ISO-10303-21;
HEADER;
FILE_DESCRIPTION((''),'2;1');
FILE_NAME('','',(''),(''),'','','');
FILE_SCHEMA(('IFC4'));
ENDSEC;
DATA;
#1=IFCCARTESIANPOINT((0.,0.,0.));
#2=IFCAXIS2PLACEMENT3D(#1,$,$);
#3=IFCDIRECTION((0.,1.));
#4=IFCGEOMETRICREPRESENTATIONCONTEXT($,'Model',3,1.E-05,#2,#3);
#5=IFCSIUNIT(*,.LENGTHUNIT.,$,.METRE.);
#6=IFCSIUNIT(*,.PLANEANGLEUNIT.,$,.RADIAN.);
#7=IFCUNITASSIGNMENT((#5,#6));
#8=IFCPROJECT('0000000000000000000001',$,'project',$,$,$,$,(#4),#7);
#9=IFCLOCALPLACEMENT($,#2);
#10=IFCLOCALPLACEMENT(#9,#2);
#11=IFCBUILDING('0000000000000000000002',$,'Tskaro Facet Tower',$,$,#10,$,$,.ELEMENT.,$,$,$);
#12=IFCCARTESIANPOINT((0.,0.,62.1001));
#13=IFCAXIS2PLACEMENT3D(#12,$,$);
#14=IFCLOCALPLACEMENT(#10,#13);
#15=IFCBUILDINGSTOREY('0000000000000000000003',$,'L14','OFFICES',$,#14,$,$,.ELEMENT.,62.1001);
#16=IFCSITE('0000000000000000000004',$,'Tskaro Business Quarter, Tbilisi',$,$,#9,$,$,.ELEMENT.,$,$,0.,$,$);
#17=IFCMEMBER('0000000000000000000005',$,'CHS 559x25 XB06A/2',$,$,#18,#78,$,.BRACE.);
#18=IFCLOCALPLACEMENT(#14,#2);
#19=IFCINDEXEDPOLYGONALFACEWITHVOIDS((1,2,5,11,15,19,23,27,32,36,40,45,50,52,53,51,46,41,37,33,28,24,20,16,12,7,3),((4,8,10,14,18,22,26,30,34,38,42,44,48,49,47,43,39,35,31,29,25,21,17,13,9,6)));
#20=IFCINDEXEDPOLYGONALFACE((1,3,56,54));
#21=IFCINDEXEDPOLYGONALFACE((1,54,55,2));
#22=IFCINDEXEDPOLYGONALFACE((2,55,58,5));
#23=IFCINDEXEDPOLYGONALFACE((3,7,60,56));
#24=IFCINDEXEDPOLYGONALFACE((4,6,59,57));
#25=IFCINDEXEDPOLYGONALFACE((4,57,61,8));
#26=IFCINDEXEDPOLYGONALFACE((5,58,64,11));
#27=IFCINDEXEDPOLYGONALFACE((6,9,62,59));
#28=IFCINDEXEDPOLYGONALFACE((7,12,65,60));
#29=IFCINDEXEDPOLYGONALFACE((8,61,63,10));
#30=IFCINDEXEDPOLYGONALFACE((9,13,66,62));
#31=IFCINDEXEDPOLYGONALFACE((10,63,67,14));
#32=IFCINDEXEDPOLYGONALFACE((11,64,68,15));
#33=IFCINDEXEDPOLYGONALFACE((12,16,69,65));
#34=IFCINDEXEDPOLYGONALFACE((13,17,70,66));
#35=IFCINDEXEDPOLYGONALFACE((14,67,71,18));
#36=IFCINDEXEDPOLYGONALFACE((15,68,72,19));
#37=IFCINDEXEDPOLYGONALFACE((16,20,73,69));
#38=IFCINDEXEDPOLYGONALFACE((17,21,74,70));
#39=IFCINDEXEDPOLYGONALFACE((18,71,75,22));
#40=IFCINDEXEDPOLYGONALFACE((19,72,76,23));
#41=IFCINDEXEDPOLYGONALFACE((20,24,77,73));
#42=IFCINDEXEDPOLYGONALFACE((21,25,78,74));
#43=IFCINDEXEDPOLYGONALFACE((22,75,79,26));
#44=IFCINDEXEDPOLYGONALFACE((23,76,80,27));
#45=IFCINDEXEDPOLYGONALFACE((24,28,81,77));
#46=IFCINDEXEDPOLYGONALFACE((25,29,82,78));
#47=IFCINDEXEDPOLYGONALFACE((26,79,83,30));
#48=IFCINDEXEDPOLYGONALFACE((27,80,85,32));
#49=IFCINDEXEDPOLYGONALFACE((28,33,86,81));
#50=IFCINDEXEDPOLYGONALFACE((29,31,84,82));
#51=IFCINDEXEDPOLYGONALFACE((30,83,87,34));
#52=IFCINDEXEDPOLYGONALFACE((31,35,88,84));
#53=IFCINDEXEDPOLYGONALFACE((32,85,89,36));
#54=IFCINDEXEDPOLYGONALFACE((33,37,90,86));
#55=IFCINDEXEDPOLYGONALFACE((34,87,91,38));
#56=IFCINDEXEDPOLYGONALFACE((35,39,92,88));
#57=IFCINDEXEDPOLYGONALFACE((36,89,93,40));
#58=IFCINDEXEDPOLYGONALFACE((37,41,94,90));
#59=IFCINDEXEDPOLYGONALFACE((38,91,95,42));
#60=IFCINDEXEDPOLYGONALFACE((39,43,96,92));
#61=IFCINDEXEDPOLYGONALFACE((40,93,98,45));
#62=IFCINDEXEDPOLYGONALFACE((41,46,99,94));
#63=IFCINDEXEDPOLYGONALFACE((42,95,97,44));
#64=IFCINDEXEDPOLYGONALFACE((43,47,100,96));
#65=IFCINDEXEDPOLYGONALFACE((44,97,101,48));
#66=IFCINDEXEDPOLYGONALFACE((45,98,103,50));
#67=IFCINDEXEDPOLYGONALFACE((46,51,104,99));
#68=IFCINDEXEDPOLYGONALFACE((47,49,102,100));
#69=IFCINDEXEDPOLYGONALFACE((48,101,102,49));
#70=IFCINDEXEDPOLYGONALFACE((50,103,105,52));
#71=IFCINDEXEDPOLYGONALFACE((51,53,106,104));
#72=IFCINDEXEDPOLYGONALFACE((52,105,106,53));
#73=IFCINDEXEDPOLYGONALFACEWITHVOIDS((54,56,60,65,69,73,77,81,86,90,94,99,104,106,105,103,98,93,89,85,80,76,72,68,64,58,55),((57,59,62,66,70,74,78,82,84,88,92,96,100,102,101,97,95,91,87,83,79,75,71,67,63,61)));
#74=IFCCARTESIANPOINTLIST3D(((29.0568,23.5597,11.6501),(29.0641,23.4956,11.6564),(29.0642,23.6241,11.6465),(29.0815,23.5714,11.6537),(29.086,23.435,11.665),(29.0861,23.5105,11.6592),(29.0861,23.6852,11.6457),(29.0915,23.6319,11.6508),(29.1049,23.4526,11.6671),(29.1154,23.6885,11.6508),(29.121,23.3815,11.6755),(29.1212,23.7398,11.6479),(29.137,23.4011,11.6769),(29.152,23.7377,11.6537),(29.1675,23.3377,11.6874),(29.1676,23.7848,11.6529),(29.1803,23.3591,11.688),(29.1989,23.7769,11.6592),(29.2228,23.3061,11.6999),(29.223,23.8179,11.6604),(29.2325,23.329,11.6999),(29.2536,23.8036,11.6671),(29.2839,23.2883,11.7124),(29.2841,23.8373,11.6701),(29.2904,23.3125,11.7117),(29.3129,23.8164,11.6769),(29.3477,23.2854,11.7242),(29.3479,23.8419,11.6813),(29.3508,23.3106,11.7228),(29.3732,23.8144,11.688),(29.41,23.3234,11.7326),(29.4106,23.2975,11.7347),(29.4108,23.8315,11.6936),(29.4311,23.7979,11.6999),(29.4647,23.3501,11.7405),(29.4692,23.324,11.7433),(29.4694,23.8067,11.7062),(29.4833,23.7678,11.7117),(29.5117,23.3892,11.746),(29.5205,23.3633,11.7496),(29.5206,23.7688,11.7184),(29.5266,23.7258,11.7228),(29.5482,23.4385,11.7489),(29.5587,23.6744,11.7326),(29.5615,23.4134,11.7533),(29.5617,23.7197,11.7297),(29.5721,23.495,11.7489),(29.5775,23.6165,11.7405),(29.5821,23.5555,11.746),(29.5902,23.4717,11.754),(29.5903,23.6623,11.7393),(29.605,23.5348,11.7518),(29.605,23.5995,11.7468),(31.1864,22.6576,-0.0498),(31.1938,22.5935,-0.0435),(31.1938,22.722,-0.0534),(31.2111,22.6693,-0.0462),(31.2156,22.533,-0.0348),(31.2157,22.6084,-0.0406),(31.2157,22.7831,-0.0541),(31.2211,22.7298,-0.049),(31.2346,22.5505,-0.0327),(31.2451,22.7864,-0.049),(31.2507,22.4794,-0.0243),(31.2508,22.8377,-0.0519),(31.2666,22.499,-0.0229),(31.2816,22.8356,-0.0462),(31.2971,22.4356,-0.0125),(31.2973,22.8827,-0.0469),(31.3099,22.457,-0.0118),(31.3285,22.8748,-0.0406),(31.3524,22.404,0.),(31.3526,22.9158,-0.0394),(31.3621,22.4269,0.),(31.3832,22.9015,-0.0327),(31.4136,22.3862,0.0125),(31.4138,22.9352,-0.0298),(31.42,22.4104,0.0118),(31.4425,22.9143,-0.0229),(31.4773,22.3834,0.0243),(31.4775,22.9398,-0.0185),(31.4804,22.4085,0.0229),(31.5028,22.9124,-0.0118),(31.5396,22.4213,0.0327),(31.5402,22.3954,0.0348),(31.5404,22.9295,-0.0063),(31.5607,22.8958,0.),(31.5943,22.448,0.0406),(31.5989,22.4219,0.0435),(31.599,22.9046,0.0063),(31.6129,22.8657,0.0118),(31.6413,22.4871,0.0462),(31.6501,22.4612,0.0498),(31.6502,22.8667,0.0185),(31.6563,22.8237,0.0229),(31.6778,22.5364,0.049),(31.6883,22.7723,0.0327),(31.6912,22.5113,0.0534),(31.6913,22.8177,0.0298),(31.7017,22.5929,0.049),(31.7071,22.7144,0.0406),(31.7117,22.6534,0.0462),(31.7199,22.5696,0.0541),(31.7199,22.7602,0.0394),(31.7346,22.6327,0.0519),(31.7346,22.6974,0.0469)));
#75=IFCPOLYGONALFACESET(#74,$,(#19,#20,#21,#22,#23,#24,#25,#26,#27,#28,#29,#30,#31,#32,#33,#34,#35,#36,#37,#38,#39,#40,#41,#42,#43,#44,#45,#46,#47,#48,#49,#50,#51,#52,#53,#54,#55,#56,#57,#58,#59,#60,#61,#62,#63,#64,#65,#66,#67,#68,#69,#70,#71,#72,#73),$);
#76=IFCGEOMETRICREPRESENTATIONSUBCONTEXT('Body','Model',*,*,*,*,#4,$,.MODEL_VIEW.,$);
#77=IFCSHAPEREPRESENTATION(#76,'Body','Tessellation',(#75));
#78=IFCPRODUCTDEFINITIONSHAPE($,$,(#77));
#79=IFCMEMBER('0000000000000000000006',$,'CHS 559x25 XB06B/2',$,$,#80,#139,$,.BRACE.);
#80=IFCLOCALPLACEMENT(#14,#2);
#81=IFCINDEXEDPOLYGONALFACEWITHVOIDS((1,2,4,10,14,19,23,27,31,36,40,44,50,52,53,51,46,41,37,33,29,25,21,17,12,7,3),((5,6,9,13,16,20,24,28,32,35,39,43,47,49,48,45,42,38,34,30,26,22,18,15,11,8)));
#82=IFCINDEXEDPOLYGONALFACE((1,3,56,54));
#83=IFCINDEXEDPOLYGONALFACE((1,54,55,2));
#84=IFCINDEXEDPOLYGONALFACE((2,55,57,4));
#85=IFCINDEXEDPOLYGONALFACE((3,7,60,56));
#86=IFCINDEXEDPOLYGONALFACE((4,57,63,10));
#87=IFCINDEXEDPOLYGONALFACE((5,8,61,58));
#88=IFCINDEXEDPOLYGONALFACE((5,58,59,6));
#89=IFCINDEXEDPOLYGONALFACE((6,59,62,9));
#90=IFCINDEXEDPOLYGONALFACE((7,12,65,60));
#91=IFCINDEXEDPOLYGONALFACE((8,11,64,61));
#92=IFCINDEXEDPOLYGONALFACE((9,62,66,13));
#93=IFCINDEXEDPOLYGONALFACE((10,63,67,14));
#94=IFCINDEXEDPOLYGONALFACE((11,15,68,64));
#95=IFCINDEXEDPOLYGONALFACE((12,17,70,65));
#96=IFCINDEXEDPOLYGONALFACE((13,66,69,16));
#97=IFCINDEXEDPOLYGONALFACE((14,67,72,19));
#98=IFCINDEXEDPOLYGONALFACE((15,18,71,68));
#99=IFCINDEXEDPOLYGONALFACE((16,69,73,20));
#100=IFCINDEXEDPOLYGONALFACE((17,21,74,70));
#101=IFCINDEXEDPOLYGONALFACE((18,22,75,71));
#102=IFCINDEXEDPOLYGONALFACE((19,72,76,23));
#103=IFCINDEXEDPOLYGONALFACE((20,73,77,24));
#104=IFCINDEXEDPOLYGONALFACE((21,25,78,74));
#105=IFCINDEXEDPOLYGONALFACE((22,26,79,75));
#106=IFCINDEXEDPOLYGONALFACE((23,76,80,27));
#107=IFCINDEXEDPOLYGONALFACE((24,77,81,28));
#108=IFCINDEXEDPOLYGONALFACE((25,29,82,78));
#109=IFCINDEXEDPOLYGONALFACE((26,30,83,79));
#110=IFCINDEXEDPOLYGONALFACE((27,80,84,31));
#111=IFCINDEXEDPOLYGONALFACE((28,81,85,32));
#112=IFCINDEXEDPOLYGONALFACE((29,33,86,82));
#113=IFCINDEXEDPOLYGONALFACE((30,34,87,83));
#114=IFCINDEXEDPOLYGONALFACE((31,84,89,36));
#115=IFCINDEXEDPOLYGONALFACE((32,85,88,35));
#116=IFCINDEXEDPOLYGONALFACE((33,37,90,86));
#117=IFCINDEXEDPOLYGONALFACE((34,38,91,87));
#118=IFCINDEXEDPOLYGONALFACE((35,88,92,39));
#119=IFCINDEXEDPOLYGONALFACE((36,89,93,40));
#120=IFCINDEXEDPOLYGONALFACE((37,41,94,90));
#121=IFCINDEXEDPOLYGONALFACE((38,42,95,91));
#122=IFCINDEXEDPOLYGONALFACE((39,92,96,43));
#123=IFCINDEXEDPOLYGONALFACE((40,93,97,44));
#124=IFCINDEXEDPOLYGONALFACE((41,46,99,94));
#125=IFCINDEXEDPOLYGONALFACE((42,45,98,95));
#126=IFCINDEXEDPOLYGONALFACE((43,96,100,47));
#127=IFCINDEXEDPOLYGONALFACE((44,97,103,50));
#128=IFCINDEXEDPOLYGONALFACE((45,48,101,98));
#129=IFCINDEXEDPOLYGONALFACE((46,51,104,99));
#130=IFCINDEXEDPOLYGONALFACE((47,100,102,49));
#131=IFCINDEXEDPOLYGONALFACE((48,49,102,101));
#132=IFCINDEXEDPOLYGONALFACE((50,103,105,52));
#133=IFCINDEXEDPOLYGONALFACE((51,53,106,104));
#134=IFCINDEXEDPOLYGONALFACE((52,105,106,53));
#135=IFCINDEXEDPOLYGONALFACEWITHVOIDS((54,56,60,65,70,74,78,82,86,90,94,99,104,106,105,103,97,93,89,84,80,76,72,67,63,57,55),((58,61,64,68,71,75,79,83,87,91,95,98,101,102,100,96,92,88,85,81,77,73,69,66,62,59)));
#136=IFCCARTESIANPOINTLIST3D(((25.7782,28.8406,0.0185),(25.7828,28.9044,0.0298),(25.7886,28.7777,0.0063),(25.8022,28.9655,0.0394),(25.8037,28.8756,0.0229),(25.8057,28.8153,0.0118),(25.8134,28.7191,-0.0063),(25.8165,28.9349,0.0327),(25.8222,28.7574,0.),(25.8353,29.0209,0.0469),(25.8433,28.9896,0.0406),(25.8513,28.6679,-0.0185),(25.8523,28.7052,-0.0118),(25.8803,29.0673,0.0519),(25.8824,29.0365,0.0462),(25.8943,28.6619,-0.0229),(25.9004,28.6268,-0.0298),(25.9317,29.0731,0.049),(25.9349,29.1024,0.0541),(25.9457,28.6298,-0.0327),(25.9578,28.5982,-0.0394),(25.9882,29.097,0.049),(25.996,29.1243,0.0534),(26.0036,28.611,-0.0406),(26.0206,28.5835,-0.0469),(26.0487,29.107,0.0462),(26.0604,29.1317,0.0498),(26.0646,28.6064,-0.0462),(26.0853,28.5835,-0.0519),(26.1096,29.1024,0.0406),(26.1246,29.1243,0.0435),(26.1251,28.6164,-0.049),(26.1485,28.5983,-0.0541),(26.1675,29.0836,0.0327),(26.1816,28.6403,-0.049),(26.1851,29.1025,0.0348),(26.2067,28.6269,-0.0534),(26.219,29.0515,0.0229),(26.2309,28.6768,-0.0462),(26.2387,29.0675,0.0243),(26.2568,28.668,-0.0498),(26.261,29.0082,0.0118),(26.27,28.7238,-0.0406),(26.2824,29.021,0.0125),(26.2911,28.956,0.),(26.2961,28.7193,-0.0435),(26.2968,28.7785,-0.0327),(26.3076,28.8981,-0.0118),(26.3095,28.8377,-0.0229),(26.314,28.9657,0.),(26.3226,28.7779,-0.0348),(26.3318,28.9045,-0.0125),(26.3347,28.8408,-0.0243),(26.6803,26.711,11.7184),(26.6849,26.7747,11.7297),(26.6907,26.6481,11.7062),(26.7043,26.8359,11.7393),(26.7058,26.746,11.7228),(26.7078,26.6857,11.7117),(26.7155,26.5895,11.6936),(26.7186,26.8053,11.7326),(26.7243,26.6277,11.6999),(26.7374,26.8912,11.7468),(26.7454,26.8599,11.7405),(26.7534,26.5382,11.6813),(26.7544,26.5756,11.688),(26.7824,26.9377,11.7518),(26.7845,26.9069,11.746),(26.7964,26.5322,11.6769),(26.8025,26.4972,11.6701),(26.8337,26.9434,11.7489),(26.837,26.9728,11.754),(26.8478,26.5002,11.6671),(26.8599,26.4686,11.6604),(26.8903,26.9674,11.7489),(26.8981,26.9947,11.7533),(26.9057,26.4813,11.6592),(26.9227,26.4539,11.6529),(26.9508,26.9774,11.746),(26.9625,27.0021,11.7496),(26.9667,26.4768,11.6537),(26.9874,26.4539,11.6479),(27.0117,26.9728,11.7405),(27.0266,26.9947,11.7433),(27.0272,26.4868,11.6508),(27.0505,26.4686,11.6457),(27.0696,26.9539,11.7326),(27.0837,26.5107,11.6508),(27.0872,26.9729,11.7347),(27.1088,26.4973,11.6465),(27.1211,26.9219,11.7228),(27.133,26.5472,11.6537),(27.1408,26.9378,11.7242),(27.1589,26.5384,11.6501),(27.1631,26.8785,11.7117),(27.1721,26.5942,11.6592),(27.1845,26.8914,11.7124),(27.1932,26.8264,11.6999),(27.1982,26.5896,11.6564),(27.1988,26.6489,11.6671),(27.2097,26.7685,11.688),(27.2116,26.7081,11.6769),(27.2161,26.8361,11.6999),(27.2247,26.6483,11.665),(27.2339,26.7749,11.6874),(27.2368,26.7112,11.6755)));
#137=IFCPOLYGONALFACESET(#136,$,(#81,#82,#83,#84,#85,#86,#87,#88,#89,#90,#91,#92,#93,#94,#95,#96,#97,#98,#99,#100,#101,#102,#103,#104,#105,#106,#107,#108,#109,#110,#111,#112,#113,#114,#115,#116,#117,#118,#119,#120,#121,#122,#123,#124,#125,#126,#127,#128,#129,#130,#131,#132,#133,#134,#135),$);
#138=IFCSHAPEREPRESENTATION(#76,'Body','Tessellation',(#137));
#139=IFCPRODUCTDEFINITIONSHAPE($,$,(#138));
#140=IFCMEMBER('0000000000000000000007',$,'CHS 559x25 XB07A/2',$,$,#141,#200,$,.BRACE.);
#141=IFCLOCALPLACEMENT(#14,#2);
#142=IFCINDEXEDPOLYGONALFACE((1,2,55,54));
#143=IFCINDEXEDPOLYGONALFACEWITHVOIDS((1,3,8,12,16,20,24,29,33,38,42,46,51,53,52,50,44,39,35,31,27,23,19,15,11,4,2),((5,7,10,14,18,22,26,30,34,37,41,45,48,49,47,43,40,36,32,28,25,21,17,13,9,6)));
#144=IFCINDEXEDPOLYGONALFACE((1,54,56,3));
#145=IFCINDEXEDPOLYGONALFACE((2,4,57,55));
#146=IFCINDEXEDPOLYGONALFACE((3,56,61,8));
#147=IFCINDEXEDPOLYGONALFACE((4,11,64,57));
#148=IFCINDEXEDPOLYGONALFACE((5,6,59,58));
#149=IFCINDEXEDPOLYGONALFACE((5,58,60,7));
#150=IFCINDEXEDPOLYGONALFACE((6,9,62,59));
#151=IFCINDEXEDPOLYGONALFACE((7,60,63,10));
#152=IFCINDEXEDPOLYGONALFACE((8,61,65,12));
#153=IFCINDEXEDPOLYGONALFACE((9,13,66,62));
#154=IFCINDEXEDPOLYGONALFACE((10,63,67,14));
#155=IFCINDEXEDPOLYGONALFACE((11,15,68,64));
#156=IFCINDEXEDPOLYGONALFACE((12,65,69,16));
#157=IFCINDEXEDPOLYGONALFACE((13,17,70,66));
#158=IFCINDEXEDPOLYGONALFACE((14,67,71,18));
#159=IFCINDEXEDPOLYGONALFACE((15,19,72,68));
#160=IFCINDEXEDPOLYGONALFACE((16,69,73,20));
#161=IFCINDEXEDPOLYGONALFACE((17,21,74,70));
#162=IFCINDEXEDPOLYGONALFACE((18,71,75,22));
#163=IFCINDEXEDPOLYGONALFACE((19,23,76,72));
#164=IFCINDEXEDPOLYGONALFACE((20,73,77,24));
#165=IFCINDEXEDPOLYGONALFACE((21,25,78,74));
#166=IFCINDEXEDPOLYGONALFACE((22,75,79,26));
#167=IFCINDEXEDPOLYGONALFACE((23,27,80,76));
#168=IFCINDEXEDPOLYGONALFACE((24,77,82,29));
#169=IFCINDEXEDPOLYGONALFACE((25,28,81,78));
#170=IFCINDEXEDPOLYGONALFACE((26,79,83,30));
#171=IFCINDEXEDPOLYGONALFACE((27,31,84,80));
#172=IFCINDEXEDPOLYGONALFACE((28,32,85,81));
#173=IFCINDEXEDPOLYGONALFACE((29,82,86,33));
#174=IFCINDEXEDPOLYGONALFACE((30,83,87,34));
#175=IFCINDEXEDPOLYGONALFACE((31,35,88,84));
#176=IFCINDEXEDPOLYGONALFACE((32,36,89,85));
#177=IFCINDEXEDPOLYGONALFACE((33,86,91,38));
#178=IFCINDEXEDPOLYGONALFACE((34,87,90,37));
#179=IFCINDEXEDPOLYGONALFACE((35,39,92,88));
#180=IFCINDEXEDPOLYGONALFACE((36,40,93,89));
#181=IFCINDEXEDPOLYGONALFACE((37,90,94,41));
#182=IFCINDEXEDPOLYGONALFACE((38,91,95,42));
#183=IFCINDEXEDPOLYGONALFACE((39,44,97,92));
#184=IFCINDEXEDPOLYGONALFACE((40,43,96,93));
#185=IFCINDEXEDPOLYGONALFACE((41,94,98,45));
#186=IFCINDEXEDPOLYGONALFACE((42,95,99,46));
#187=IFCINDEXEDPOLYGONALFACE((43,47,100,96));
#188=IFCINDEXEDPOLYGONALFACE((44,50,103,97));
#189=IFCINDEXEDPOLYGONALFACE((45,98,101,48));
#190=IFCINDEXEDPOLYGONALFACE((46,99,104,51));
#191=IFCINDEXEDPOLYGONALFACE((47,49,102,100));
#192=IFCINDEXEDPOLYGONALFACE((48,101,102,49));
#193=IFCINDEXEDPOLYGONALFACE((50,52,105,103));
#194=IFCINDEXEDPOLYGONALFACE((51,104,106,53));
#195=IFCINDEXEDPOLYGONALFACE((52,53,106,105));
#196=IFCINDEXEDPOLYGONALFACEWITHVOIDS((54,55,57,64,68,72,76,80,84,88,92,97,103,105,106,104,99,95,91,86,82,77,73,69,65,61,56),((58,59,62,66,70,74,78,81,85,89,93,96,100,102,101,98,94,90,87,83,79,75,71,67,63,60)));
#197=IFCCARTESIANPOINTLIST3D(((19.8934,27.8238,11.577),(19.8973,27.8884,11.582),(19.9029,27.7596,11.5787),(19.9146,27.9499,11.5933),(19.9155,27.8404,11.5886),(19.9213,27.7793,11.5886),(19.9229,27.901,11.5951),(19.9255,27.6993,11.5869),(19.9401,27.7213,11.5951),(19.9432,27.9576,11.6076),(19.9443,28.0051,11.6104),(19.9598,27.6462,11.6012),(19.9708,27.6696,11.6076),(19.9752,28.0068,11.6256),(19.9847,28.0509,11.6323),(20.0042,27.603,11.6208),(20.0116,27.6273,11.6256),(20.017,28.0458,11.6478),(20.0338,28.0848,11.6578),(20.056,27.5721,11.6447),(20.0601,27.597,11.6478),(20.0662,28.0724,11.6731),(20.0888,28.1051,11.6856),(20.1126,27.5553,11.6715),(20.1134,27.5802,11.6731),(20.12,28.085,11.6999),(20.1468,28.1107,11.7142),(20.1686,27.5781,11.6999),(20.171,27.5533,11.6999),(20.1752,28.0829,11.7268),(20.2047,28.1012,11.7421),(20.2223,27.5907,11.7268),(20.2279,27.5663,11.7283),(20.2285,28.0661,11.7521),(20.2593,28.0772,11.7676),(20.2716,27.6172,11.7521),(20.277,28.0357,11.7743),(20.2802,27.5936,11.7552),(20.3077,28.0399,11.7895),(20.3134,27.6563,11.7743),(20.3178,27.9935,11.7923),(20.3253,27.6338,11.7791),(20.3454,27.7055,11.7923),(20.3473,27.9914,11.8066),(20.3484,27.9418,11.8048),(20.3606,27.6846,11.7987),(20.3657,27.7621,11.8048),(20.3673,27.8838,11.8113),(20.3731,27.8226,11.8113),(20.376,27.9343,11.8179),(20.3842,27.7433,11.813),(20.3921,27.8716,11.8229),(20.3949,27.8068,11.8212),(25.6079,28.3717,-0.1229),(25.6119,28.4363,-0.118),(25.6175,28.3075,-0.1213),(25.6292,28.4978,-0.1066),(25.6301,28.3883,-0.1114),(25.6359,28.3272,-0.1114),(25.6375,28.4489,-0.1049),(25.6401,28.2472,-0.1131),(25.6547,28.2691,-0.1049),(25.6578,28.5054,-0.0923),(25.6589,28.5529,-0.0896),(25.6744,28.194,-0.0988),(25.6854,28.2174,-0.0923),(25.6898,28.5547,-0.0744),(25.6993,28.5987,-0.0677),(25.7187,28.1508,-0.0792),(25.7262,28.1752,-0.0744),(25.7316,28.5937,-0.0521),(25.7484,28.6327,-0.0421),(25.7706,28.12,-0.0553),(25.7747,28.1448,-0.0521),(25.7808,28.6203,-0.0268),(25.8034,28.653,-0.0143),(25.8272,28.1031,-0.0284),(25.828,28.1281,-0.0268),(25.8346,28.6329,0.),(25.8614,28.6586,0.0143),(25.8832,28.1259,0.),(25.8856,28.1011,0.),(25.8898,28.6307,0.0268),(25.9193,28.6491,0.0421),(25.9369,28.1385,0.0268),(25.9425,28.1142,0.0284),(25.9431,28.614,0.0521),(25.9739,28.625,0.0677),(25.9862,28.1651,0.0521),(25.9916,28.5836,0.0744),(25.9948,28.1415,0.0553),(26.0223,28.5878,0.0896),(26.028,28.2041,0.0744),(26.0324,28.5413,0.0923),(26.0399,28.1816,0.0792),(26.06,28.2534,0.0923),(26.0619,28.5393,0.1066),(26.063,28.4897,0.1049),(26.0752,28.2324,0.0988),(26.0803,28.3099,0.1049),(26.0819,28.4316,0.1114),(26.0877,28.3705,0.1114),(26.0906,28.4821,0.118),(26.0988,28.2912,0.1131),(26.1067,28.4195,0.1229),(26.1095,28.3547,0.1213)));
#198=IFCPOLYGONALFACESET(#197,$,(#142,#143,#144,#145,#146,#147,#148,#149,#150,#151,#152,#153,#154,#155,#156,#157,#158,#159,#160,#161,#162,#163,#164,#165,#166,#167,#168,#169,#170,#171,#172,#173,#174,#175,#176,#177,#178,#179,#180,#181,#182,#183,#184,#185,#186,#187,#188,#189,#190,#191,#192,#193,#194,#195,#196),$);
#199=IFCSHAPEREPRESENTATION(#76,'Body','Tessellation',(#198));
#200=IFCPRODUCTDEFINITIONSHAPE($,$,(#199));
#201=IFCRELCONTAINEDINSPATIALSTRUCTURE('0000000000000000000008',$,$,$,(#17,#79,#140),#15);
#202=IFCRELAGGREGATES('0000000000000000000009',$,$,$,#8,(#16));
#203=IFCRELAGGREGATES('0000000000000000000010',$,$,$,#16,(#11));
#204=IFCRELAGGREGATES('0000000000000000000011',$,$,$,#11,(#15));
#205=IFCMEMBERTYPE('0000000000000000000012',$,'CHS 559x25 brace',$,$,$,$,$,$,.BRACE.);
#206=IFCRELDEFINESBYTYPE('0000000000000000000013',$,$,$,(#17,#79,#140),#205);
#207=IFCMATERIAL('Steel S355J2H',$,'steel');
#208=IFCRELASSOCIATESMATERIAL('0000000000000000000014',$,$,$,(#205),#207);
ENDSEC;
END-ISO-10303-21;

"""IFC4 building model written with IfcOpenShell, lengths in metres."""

from ifc_helpers import new_model, si_unit, direction, frame, origin, origin_2d, place, context, subcontext, project, spatial, hollow_circle, extrude, material, material_profile, profile_set, type_object, element, save


model = new_model("IFC4")

# Units and contexts
model_context = context("Model", 3, precision=1e-05, world=origin(), true_north=direction((0.0, 1.0)))
body_context = subcontext(model_context, "Body", "Model", "MODEL_VIEW")
ifc_project = project(units=[si_unit("LENGTHUNIT", "METRE"), si_unit("PLANEANGLEUNIT", "RADIAN")], contexts=[model_context])

# Site, building, storey
site_placement = place(None, origin())
site = spatial("IfcSite", under=ifc_project, at=site_placement, Name="Tskaro Business Quarter, Tbilisi", CompositionType="ELEMENT", RefElevation=0.0)
building_placement = place(site_placement, origin())
building = spatial("IfcBuilding", under=site, at=building_placement, Name="Tskaro Facet Tower", CompositionType="ELEMENT")
storey_placement = place(building_placement, frame((0.0, 0.0, 62.1001)))
storey = spatial("IfcBuildingStorey", under=building, at=storey_placement, Name="L14", Description="OFFICES", CompositionType="ELEMENT", Elevation=62.1001)

# Shared definitions
ifc_material_1 = material(Name="Steel S355J2H", Category="steel")

# Members
ifc_material_profile_1 = material_profile(ifc_material_1, hollow_circle(Radius=0.2795, WallThickness=0.0249, at=origin_2d()), Name="CHS 559x25")
ifc_profile_set_1 = profile_set([ifc_material_profile_1], Name="Steel S355J2H")
member_type_1 = type_object("IfcMemberType", Name="CHS 559x25 brace", PredefinedType="BRACE", material=ifc_profile_set_1)
for number, where, z_axis, x_axis, name in (
    (1, (31.4614, 22.6614, 0.0), (-0.178566, 0.075639, 0.981016), (-0.390043, -0.920797, 0.0), "CHS 559x25 XB06A/2"),
    (2, (26.0566, 28.8567, 0.0), (0.075639, -0.178566, 0.981016), (0.920797, 0.390043, 0.0), "CHS 559x25 XB06B/2"),
):
    element("IfcMember", number, at=place(storey_placement, frame(where, z_axis=z_axis, x_axis=x_axis)), inside=storey, type_object=member_type_1, Name=name, PredefinedType="BRACE", context=body_context, shape_type="SweptSolid", body=[
        extrude(hollow_circle(Radius=0.2795, WallThickness=0.0249, at=origin_2d()), origin(), (0.0, 0.0, 1.0), 11.9263),
    ])
member_1_placement = place(storey_placement, frame((25.8589, 28.3794, 0.0), z_axis=(-0.438489, -0.042037, 0.897753), x_axis=(0.095431, -0.995436, 0.0)))
element("IfcMember", 3, at=member_1_placement, inside=storey, type_object=member_type_1, Name="CHS 559x25 XB07A/2", PredefinedType="BRACE", context=body_context, shape_type="SweptSolid", body=[
    extrude(hollow_circle(Radius=0.2795, WallThickness=0.0249, at=origin_2d()), origin(), (0.0, 0.0, 1.0), 13.0325),
])

save(model, "model.ifc")
